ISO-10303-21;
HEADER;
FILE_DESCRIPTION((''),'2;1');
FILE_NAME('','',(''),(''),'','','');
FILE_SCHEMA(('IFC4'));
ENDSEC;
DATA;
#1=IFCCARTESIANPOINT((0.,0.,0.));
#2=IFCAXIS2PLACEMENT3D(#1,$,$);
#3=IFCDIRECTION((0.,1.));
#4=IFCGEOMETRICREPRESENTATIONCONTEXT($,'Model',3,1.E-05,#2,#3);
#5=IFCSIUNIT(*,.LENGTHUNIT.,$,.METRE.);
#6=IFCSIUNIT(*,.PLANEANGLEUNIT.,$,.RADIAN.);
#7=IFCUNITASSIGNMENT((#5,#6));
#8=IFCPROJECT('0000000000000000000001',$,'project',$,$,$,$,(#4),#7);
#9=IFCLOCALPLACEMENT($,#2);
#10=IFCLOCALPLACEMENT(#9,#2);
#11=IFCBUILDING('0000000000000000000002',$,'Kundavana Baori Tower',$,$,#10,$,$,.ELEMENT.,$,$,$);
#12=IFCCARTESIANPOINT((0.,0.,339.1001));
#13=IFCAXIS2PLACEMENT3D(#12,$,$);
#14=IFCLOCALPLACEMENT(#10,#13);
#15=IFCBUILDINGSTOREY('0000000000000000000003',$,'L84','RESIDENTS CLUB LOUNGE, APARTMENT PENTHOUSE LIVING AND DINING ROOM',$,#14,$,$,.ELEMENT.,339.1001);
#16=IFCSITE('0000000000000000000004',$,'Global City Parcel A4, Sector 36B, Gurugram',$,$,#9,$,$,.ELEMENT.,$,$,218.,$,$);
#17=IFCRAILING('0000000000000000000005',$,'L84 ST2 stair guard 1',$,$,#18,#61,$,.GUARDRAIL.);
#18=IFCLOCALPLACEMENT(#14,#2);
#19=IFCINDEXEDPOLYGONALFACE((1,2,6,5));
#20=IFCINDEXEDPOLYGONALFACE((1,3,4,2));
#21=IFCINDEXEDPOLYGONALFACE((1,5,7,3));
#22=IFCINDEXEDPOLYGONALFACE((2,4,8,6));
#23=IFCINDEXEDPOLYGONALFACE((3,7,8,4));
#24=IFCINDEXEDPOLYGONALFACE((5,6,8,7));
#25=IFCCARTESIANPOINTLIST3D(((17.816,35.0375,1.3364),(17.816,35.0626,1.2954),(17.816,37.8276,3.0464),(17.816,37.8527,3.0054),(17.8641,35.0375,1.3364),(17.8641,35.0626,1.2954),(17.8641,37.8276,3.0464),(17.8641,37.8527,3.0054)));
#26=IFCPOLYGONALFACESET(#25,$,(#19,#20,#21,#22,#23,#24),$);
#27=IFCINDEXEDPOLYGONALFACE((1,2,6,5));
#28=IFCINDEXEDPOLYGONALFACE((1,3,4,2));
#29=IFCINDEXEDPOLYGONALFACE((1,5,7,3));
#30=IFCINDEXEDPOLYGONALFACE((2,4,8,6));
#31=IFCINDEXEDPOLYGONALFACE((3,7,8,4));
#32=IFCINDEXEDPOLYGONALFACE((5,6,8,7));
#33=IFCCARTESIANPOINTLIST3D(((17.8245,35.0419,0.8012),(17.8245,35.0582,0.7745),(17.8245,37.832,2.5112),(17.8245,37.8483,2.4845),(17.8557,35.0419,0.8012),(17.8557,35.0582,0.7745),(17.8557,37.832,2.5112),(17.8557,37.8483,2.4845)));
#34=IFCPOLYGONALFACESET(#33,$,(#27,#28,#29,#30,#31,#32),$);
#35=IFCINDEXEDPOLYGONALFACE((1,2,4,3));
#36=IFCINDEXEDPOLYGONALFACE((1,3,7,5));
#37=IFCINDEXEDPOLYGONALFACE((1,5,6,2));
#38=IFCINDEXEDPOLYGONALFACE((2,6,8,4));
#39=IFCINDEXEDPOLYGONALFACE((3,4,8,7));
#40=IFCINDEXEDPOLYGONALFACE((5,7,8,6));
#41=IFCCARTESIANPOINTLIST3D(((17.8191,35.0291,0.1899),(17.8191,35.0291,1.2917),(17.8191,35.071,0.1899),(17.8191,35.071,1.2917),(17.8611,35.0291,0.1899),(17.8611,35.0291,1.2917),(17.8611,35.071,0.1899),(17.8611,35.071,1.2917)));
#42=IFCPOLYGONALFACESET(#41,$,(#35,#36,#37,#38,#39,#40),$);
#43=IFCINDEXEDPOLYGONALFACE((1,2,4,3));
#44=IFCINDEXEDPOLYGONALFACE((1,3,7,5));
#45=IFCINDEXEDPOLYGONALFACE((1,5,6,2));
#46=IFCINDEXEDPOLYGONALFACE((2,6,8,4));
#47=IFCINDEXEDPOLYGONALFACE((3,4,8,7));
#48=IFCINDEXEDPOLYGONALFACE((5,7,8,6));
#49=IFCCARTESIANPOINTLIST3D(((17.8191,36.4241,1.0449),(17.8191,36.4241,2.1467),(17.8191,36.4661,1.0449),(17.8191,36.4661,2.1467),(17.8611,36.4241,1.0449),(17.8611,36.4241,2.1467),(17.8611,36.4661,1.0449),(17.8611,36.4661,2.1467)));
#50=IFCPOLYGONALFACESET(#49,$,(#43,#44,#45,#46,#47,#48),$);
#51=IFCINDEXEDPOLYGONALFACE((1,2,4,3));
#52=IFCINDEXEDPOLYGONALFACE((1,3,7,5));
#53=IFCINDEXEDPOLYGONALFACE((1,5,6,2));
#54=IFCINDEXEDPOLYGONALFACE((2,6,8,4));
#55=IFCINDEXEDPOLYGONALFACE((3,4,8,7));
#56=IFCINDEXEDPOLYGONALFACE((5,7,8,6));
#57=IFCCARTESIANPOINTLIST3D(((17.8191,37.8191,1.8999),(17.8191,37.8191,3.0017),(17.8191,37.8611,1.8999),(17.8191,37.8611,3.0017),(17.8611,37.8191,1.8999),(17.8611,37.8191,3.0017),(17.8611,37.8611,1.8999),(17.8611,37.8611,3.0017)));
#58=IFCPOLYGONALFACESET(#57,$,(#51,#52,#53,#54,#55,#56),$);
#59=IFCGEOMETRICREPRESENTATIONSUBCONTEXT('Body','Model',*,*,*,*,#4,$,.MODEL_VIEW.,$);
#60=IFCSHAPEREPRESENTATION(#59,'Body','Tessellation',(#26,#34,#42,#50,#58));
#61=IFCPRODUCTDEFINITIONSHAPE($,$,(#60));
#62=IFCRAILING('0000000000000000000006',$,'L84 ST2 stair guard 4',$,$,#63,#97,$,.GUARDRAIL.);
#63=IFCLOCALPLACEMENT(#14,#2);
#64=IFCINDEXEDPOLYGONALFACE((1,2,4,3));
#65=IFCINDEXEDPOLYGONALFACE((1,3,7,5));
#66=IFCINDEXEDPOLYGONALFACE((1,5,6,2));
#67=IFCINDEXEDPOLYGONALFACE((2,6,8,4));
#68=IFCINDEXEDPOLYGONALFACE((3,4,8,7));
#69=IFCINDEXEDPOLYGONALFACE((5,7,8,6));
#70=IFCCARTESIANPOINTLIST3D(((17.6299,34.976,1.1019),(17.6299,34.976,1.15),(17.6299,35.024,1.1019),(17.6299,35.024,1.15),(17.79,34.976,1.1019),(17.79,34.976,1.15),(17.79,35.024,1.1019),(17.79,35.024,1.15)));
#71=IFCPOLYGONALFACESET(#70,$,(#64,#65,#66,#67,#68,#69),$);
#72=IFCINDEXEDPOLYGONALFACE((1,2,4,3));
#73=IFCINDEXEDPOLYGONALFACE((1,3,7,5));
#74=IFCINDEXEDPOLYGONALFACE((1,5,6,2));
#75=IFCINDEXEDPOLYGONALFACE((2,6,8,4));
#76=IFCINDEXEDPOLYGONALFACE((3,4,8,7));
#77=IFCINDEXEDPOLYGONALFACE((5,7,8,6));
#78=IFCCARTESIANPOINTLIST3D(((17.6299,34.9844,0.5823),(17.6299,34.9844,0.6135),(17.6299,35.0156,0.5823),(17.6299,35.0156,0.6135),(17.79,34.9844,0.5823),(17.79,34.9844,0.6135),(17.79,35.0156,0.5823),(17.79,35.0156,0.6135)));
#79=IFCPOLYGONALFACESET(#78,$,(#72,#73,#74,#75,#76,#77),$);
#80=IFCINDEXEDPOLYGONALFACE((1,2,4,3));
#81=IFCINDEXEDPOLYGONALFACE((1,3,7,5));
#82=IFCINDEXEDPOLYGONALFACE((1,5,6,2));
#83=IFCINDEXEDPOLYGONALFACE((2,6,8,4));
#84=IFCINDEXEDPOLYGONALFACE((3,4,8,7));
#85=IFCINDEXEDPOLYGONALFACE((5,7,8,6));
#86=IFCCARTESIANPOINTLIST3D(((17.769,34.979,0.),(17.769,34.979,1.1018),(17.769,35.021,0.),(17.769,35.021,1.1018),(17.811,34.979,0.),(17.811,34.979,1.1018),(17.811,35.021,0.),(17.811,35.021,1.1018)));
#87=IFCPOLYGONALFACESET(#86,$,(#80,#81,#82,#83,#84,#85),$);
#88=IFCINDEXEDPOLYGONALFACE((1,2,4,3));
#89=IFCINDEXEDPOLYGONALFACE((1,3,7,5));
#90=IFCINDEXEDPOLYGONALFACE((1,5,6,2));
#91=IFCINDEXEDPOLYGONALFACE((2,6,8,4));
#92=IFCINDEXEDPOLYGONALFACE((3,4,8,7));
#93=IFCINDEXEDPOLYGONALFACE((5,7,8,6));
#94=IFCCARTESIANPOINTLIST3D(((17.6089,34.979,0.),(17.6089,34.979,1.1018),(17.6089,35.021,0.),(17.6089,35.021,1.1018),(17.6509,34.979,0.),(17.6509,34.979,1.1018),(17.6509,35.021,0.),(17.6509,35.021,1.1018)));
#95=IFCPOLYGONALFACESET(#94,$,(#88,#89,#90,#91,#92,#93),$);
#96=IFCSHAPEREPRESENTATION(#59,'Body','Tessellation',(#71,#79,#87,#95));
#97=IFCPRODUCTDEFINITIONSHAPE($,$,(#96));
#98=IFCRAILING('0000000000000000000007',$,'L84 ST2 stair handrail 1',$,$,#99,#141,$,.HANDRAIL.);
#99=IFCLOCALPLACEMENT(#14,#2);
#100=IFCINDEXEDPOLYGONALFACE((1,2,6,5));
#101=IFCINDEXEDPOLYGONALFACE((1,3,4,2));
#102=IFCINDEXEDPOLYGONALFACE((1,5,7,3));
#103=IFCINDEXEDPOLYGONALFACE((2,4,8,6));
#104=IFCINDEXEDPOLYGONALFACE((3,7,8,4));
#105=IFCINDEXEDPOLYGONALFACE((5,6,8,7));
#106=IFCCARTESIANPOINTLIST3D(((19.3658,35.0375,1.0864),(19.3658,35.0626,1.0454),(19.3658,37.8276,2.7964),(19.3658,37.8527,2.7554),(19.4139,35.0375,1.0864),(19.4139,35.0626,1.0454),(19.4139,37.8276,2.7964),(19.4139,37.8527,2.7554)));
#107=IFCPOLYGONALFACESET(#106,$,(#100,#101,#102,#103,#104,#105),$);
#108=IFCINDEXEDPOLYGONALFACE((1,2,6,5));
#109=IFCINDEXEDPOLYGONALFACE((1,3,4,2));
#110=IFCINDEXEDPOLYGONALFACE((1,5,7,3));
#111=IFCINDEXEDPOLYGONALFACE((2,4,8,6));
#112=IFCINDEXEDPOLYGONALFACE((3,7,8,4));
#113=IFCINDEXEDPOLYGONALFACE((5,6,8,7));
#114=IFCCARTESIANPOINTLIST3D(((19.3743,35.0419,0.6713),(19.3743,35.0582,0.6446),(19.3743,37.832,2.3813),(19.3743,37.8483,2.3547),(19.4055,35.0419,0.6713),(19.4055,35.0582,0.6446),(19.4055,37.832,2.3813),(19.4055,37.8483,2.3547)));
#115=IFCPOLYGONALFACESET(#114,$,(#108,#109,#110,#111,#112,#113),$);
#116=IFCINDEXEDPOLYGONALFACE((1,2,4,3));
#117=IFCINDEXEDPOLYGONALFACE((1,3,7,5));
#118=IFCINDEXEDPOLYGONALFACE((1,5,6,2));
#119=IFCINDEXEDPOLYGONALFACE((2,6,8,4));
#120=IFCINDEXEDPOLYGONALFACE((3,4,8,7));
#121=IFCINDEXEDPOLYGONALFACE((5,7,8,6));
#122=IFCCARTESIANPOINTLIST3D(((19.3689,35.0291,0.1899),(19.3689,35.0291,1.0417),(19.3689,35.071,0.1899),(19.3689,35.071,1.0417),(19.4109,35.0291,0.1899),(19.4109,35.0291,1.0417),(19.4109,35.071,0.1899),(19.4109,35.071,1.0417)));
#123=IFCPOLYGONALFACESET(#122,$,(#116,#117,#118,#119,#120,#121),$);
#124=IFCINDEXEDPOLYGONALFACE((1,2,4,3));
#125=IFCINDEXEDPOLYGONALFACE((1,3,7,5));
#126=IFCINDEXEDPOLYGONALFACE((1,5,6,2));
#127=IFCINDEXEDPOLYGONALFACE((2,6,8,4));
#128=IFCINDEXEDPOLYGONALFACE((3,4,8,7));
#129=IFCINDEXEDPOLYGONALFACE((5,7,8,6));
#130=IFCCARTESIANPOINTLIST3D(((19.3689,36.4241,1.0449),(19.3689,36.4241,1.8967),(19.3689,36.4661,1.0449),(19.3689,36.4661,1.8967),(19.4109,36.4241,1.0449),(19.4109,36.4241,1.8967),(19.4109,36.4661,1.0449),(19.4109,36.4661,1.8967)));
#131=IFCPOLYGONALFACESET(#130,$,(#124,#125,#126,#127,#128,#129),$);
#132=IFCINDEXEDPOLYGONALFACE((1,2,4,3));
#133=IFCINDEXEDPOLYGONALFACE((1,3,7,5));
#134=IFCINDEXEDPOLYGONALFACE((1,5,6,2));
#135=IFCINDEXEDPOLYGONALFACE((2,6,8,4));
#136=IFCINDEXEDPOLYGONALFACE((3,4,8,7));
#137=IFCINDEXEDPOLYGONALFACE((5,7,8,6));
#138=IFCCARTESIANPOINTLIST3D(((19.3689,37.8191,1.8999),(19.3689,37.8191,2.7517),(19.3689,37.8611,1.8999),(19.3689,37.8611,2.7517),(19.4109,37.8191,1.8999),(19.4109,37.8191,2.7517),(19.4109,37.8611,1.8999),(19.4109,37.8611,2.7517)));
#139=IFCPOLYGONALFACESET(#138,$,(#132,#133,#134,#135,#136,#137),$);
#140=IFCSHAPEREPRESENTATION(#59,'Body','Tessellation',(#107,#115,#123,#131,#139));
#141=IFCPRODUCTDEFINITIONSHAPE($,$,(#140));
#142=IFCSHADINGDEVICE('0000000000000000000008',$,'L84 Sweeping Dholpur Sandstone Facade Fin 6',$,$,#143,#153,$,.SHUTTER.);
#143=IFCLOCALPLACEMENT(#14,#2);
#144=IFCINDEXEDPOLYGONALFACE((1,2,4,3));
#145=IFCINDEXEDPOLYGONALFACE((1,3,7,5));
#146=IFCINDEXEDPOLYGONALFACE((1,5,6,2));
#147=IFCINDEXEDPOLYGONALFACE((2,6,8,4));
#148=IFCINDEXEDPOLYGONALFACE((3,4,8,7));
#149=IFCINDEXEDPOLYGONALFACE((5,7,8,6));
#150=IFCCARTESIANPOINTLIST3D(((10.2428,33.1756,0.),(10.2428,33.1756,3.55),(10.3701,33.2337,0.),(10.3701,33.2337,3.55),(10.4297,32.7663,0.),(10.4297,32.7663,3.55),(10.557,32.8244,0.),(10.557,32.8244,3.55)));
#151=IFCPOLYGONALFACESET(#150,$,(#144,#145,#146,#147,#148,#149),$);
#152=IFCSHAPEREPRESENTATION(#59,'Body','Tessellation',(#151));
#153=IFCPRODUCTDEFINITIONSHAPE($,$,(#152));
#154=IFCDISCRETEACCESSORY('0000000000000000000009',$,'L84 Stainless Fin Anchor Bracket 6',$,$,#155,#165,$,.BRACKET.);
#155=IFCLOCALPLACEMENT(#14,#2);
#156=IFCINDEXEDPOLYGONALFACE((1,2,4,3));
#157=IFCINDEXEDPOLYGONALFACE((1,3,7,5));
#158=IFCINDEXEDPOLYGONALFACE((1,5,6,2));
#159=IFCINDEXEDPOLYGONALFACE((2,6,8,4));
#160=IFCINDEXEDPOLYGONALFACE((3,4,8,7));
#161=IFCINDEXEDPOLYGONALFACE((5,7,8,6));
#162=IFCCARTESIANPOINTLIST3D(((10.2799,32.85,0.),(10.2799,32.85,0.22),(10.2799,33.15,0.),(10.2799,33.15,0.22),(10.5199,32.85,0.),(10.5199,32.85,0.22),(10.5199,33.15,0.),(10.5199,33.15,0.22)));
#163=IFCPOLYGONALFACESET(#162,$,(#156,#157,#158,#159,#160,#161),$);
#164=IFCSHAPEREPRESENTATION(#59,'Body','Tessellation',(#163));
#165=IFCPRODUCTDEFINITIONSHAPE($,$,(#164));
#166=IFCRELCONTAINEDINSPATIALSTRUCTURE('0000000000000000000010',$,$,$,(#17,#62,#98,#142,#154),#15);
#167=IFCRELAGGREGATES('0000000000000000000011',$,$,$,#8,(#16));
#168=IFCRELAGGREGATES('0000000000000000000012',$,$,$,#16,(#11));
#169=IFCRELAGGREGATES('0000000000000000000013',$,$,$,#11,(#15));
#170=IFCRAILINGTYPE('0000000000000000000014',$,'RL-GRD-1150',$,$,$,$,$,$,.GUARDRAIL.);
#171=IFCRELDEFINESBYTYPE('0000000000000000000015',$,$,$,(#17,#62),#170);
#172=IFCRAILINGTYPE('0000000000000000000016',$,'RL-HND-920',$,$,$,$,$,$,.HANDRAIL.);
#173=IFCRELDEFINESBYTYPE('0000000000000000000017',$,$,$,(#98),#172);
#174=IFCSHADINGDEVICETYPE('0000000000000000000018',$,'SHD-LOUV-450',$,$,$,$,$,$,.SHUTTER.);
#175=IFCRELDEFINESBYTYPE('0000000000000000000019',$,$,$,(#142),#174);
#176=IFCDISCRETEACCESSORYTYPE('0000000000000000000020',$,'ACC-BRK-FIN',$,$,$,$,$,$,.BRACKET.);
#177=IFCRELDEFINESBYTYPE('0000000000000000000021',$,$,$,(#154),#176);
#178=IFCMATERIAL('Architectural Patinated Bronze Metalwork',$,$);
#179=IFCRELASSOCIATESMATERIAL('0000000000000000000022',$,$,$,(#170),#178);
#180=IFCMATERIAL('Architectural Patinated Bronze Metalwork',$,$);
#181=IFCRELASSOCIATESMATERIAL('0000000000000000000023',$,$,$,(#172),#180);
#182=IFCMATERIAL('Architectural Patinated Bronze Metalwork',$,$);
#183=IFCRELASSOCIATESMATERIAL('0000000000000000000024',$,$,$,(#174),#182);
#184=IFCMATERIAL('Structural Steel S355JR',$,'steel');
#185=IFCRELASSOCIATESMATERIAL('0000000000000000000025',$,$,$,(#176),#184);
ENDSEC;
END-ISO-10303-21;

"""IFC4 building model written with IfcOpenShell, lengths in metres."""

from ifc_helpers import new_model, si_unit, direction, frame, origin, origin_2d, place, context, subcontext, project, spatial, rectangle, extrude, material, type_object, element, save


model = new_model("IFC4")

# Units and contexts
model_context = context("Model", 3, precision=1e-05, world=origin(), true_north=direction((0.0, 1.0)))
body_context = subcontext(model_context, "Body", "Model", "MODEL_VIEW")
ifc_project = project(units=[si_unit("LENGTHUNIT", "METRE"), si_unit("PLANEANGLEUNIT", "RADIAN")], contexts=[model_context])

# Site, building, storey
site_placement = place(None, origin())
site = spatial("IfcSite", under=ifc_project, at=site_placement, Name="Global City Parcel A4, Sector 36B, Gurugram", CompositionType="ELEMENT", RefElevation=218.0)
building_placement = place(site_placement, origin())
building = spatial("IfcBuilding", under=site, at=building_placement, Name="Kundavana Baori Tower", CompositionType="ELEMENT")
storey_placement = place(building_placement, frame((0.0, 0.0, 339.1001)))
storey = spatial("IfcBuildingStorey", under=building, at=storey_placement, Name="L84", Description="RESIDENTS CLUB LOUNGE, APARTMENT PENTHOUSE LIVING AND DINING ROOM", CompositionType="ELEMENT", Elevation=339.1001)

# Railings
ifc_material_1 = material(Name="Architectural Patinated Bronze Metalwork")
railing_type_1 = type_object("IfcRailingType", Name="RL-GRD-1150", PredefinedType="GUARDRAIL", material=ifc_material_1)
railing_1_placement = place(storey_placement, frame((17.8401, 35.05, 0.1899)))
element("IfcRailing", 1, at=railing_1_placement, inside=storey, type_object=railing_type_1, Name="L84 ST2 stair guard 1", PredefinedType="GUARDRAIL", context=body_context, shape_type="SweptSolid", body=[
    extrude(rectangle(XDim=0.0481, YDim=0.0481, at=origin_2d()), frame((0.0, 0.0, 1.126), z_axis=(0.0, 0.85261, 0.522548), x_axis=(-1.0, 0.0, 0.0)), (0.0, 0.0, 1.0), 3.2725),
    extrude(rectangle(XDim=0.0312, YDim=0.0312, at=origin_2d()), frame((0.0, 0.0, 0.5979), z_axis=(0.0, 0.85261, 0.522548), x_axis=(-1.0, 0.0, 0.0)), (0.0, 0.0, 1.0), 3.2725),
    extrude(rectangle(XDim=0.042, YDim=0.042, at=origin_2d()), origin(), (0.0, 0.0, 1.0), 1.1018),
    extrude(rectangle(XDim=0.042, YDim=0.042, at=origin_2d()), frame((0.0, 1.395, 0.855)), (0.0, 0.0, 1.0), 1.1018),
    extrude(rectangle(XDim=0.042, YDim=0.042, at=origin_2d()), frame((0.0, 2.79, 1.71)), (0.0, 0.0, 1.0), 1.1018),
])
railing_2_placement = place(storey_placement, frame((17.79, 35.0, 0.0)))
element("IfcRailing", 2, at=railing_2_placement, inside=storey, type_object=railing_type_1, Name="L84 ST2 stair guard 4", PredefinedType="GUARDRAIL", context=body_context, shape_type="SweptSolid", body=[
    extrude(rectangle(XDim=0.0481, YDim=0.0481, at=origin_2d()), frame((0.0, 0.0, 1.126), z_axis=(-1.0, 0.0, 0.0), x_axis=(0.0, -1.0, 0.0)), (0.0, 0.0, 1.0), 0.1602),
    extrude(rectangle(XDim=0.0312, YDim=0.0312, at=origin_2d()), frame((0.0, 0.0, 0.5979), z_axis=(-1.0, 0.0, 0.0), x_axis=(0.0, -1.0, 0.0)), (0.0, 0.0, 1.0), 0.1602),
    extrude(rectangle(XDim=0.042, YDim=0.042, at=origin_2d()), origin(), (0.0, 0.0, 1.0), 1.1018),
    extrude(rectangle(XDim=0.042, YDim=0.042, at=origin_2d()), frame((-0.1602, 0.0, 0.0)), (0.0, 0.0, 1.0), 1.1018),
])
ifc_material_2 = material(Name="Architectural Patinated Bronze Metalwork")
railing_type_2 = type_object("IfcRailingType", Name="RL-HND-920", PredefinedType="HANDRAIL", material=ifc_material_2)
railing_3_placement = place(storey_placement, frame((19.3899, 35.05, 0.1899)))
element("IfcRailing", 3, at=railing_3_placement, inside=storey, type_object=railing_type_2, Name="L84 ST2 stair handrail 1", PredefinedType="HANDRAIL", context=body_context, shape_type="SweptSolid", body=[
    extrude(rectangle(XDim=0.0481, YDim=0.0481, at=origin_2d()), frame((0.0, 0.0, 0.876), z_axis=(0.0, 0.85261, 0.522548), x_axis=(-1.0, 0.0, 0.0)), (0.0, 0.0, 1.0), 3.2725),
    extrude(rectangle(XDim=0.0312, YDim=0.0312, at=origin_2d()), frame((0.0, 0.0, 0.468), z_axis=(0.0, 0.85261, 0.522548), x_axis=(-1.0, 0.0, 0.0)), (0.0, 0.0, 1.0), 3.2725),
    extrude(rectangle(XDim=0.042, YDim=0.042, at=origin_2d()), origin(), (0.0, 0.0, 1.0), 0.8518),
    extrude(rectangle(XDim=0.042, YDim=0.042, at=origin_2d()), frame((0.0, 1.395, 0.855)), (0.0, 0.0, 1.0), 0.8518),
    extrude(rectangle(XDim=0.042, YDim=0.042, at=origin_2d()), frame((0.0, 2.79, 1.71)), (0.0, 0.0, 1.0), 0.8518),
])

# Shading device
ifc_material_3 = material(Name="Architectural Patinated Bronze Metalwork")
shading_device_type = type_object("IfcShadingDeviceType", Name="SHD-LOUV-450", PredefinedType="SHUTTER", material=ifc_material_3)
shading_device_placement = place(storey_placement, frame((10.3999, 33.0, 0.0), z_axis=(0.0, 0.0, 1.0), x_axis=(0.909672, 0.415328, 0.0)))
element("IfcShadingDevice", 4, at=shading_device_placement, inside=storey, type_object=shading_device_type, Name="L84 Sweeping Dholpur Sandstone Facade Fin 6", PredefinedType="SHUTTER", context=body_context, shape_type="SweptSolid", body=[
    extrude(rectangle(XDim=0.1399, YDim=0.45, at=origin_2d()), origin(), (0.0, 0.0, 1.0), 3.55),
])

# Discrete accessory
ifc_material_4 = material(Name="Structural Steel S355JR", Category="steel")
discrete_accessory_type = type_object("IfcDiscreteAccessoryType", Name="ACC-BRK-FIN", PredefinedType="BRACKET", material=ifc_material_4)
discrete_accessory_placement = place(storey_placement, frame((10.3999, 33.0, 0.0), z_axis=(0.0, 0.0, 1.0), x_axis=(1.0, 0.0, 0.0)))
element("IfcDiscreteAccessory", 5, at=discrete_accessory_placement, inside=storey, type_object=discrete_accessory_type, Name="L84 Stainless Fin Anchor Bracket 6", PredefinedType="BRACKET", context=body_context, shape_type="SweptSolid", body=[
    extrude(rectangle(XDim=0.24, YDim=0.3, at=origin_2d()), origin(), (0.0, 0.0, 1.0), 0.22),
])

save(model, "model.ifc")
